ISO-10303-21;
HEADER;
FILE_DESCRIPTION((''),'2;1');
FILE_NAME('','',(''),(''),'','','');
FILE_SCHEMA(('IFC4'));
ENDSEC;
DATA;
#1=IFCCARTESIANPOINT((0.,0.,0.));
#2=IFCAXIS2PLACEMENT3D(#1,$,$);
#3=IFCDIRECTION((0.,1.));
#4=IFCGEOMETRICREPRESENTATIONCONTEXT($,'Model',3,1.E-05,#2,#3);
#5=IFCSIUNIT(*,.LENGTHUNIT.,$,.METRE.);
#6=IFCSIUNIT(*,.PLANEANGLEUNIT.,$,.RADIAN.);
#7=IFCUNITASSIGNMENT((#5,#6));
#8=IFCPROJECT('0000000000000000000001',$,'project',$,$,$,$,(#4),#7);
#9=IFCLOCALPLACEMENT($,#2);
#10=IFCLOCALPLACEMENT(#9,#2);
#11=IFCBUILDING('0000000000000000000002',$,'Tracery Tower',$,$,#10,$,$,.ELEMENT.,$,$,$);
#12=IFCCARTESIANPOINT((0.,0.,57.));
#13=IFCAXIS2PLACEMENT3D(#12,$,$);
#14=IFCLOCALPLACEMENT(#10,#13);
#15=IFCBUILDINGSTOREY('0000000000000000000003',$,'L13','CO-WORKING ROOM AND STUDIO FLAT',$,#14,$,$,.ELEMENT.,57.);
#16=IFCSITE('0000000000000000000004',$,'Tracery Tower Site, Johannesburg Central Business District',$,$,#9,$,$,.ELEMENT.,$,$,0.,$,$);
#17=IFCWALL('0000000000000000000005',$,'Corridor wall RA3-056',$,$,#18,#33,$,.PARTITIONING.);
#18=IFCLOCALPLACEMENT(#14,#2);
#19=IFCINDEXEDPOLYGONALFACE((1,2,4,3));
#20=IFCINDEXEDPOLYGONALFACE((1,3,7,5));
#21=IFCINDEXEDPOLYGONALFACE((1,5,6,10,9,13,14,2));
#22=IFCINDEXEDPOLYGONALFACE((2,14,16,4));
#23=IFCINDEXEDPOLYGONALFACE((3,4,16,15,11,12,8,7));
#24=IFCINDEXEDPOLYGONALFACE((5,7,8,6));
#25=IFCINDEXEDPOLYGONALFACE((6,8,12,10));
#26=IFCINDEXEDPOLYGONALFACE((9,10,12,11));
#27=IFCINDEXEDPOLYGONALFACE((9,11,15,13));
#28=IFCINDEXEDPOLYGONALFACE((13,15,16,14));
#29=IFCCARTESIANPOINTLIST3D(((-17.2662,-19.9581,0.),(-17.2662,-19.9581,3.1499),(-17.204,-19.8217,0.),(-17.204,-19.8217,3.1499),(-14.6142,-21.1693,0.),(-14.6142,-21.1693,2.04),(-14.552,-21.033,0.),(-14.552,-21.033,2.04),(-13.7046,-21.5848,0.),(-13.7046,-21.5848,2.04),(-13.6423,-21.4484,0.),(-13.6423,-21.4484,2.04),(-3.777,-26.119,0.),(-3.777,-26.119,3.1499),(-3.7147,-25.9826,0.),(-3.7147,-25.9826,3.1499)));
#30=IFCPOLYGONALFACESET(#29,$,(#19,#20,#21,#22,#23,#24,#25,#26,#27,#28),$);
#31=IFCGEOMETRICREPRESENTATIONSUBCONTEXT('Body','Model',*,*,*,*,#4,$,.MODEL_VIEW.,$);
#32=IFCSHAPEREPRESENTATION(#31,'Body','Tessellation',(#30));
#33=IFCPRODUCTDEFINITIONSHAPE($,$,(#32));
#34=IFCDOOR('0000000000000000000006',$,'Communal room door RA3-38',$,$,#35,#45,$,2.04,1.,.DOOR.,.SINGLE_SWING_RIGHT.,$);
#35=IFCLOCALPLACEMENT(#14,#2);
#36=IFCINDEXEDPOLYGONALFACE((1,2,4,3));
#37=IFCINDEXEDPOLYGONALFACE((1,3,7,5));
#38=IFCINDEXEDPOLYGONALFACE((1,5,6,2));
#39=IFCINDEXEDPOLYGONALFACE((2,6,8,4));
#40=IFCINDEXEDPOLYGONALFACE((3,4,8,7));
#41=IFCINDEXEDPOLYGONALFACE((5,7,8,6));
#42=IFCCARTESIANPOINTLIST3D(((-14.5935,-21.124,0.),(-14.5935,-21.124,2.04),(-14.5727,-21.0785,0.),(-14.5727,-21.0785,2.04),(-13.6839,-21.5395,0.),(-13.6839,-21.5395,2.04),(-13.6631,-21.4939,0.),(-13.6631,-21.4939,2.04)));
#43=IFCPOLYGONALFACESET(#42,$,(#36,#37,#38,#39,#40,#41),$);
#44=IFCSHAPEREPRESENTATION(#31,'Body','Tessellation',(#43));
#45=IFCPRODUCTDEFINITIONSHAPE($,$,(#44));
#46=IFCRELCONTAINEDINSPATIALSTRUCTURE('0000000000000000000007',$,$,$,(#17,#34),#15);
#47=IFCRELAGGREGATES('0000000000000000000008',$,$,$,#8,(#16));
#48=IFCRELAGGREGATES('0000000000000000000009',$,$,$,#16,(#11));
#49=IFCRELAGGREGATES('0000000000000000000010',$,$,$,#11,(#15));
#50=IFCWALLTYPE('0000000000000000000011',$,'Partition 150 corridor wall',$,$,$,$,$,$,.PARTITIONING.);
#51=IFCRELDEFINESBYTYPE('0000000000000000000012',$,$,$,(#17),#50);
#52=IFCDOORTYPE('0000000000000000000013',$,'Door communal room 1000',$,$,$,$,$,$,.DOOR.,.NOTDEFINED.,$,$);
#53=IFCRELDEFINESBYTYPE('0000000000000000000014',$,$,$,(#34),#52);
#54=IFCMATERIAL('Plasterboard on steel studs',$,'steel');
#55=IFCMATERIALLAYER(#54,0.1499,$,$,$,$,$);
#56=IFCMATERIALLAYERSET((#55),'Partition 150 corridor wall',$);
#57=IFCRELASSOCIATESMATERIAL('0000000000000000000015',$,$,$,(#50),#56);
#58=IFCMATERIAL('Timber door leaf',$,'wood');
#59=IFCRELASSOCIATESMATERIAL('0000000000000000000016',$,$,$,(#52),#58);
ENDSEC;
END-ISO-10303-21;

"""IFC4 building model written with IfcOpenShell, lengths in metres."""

from ifc_helpers import new_model, si_unit, direction, frame, frame_2d, origin, place, context, subcontext, project, spatial, rectangle, extrude, material, layer, layer_set, type_object, element, fill, save


model = new_model("IFC4")

# Units and contexts
model_context = context("Model", 3, precision=1e-05, world=origin(), true_north=direction((0.0, 1.0)))
body_context = subcontext(model_context, "Body", "Model", "MODEL_VIEW")
ifc_project = project(units=[si_unit("LENGTHUNIT", "METRE"), si_unit("PLANEANGLEUNIT", "RADIAN")], contexts=[model_context])

# Site, building, storey
site_placement = place(None, origin())
site = spatial("IfcSite", under=ifc_project, at=site_placement, Name="Tracery Tower Site, Johannesburg Central Business District", CompositionType="ELEMENT", RefElevation=0.0)
building_placement = place(site_placement, origin())
building = spatial("IfcBuilding", under=site, at=building_placement, Name="Tracery Tower", CompositionType="ELEMENT")
storey_placement = place(building_placement, frame((0.0, 0.0, 57.0)))
storey = spatial("IfcBuildingStorey", under=building, at=storey_placement, Name="L13", Description="CO-WORKING ROOM AND STUDIO FLAT", CompositionType="ELEMENT", Elevation=57.0)

# Wall, opening, door
ifc_material_1 = material(Name="Plasterboard on steel studs", Category="steel")
ifc_layer_1 = layer(ifc_material_1, 0.1499)
ifc_layer_set_1 = layer_set([ifc_layer_1], Name="Partition 150 corridor wall")
wall_type_1 = type_object("IfcWallType", Name="Partition 150 corridor wall", PredefinedType="PARTITIONING", material=ifc_layer_set_1)
wall_1_placement = place(storey_placement, frame((-17.2351, -19.8899, 0.0), z_axis=(0.0, 0.0, 1.0), x_axis=(0.909618, -0.415446, 0.0)))
wall_1 = element("IfcWall", 1, at=wall_1_placement, inside=storey, type_object=wall_type_1, Name="Corridor wall RA3-056", PredefinedType="PARTITIONING", context=body_context, shape_type="SweptSolid", body=[
    extrude(rectangle(XDim=14.8296, YDim=0.1499, at=frame_2d((7.4148, 0.0))), origin(), (0.0, 0.0, 1.0), 3.1499),
])
opening_1_placement = place(wall_1_placement, frame((2.9155, 0.0, 0.0)))
opening_1 = element("IfcOpeningElement", 2, at=opening_1_placement, cuts=wall_1, PredefinedType="OPENING", context=body_context, shape_type="SweptSolid", body=[
    extrude(rectangle(XDim=1.0, YDim=2.04, at=frame_2d((0.5, 1.02))), frame((0.0, 0.075, 0.0), z_axis=(0.0, -1.0, 0.0), x_axis=(1.0, 0.0, 0.0)), (0.0, 0.0, 1.0), 0.1499),
])
ifc_material_2 = material(Name="Timber door leaf", Category="wood")
door_type_1 = type_object("IfcDoorType", Name="Door communal room 1000", OperationType="NOTDEFINED", PredefinedType="DOOR", material=ifc_material_2)
door_1_placement = place(opening_1_placement, origin())
door_1 = element("IfcDoor", 3, at=door_1_placement, inside=storey, type_object=door_type_1, Name="Communal room door RA3-38", OperationType="SINGLE_SWING_RIGHT", OverallHeight=2.04, OverallWidth=1.0, PredefinedType="DOOR", context=body_context, shape_type="SweptSolid", body=[
    extrude(rectangle(XDim=1.0, YDim=2.04, at=frame_2d((0.5, 1.02))), frame((0.0, 0.0249, 0.0), z_axis=(0.0, -1.0, 0.0), x_axis=(1.0, 0.0, 0.0)), (0.0, 0.0, 1.0), 0.05),
])
fill(opening_1, door_1)

save(model, "model.ifc")
